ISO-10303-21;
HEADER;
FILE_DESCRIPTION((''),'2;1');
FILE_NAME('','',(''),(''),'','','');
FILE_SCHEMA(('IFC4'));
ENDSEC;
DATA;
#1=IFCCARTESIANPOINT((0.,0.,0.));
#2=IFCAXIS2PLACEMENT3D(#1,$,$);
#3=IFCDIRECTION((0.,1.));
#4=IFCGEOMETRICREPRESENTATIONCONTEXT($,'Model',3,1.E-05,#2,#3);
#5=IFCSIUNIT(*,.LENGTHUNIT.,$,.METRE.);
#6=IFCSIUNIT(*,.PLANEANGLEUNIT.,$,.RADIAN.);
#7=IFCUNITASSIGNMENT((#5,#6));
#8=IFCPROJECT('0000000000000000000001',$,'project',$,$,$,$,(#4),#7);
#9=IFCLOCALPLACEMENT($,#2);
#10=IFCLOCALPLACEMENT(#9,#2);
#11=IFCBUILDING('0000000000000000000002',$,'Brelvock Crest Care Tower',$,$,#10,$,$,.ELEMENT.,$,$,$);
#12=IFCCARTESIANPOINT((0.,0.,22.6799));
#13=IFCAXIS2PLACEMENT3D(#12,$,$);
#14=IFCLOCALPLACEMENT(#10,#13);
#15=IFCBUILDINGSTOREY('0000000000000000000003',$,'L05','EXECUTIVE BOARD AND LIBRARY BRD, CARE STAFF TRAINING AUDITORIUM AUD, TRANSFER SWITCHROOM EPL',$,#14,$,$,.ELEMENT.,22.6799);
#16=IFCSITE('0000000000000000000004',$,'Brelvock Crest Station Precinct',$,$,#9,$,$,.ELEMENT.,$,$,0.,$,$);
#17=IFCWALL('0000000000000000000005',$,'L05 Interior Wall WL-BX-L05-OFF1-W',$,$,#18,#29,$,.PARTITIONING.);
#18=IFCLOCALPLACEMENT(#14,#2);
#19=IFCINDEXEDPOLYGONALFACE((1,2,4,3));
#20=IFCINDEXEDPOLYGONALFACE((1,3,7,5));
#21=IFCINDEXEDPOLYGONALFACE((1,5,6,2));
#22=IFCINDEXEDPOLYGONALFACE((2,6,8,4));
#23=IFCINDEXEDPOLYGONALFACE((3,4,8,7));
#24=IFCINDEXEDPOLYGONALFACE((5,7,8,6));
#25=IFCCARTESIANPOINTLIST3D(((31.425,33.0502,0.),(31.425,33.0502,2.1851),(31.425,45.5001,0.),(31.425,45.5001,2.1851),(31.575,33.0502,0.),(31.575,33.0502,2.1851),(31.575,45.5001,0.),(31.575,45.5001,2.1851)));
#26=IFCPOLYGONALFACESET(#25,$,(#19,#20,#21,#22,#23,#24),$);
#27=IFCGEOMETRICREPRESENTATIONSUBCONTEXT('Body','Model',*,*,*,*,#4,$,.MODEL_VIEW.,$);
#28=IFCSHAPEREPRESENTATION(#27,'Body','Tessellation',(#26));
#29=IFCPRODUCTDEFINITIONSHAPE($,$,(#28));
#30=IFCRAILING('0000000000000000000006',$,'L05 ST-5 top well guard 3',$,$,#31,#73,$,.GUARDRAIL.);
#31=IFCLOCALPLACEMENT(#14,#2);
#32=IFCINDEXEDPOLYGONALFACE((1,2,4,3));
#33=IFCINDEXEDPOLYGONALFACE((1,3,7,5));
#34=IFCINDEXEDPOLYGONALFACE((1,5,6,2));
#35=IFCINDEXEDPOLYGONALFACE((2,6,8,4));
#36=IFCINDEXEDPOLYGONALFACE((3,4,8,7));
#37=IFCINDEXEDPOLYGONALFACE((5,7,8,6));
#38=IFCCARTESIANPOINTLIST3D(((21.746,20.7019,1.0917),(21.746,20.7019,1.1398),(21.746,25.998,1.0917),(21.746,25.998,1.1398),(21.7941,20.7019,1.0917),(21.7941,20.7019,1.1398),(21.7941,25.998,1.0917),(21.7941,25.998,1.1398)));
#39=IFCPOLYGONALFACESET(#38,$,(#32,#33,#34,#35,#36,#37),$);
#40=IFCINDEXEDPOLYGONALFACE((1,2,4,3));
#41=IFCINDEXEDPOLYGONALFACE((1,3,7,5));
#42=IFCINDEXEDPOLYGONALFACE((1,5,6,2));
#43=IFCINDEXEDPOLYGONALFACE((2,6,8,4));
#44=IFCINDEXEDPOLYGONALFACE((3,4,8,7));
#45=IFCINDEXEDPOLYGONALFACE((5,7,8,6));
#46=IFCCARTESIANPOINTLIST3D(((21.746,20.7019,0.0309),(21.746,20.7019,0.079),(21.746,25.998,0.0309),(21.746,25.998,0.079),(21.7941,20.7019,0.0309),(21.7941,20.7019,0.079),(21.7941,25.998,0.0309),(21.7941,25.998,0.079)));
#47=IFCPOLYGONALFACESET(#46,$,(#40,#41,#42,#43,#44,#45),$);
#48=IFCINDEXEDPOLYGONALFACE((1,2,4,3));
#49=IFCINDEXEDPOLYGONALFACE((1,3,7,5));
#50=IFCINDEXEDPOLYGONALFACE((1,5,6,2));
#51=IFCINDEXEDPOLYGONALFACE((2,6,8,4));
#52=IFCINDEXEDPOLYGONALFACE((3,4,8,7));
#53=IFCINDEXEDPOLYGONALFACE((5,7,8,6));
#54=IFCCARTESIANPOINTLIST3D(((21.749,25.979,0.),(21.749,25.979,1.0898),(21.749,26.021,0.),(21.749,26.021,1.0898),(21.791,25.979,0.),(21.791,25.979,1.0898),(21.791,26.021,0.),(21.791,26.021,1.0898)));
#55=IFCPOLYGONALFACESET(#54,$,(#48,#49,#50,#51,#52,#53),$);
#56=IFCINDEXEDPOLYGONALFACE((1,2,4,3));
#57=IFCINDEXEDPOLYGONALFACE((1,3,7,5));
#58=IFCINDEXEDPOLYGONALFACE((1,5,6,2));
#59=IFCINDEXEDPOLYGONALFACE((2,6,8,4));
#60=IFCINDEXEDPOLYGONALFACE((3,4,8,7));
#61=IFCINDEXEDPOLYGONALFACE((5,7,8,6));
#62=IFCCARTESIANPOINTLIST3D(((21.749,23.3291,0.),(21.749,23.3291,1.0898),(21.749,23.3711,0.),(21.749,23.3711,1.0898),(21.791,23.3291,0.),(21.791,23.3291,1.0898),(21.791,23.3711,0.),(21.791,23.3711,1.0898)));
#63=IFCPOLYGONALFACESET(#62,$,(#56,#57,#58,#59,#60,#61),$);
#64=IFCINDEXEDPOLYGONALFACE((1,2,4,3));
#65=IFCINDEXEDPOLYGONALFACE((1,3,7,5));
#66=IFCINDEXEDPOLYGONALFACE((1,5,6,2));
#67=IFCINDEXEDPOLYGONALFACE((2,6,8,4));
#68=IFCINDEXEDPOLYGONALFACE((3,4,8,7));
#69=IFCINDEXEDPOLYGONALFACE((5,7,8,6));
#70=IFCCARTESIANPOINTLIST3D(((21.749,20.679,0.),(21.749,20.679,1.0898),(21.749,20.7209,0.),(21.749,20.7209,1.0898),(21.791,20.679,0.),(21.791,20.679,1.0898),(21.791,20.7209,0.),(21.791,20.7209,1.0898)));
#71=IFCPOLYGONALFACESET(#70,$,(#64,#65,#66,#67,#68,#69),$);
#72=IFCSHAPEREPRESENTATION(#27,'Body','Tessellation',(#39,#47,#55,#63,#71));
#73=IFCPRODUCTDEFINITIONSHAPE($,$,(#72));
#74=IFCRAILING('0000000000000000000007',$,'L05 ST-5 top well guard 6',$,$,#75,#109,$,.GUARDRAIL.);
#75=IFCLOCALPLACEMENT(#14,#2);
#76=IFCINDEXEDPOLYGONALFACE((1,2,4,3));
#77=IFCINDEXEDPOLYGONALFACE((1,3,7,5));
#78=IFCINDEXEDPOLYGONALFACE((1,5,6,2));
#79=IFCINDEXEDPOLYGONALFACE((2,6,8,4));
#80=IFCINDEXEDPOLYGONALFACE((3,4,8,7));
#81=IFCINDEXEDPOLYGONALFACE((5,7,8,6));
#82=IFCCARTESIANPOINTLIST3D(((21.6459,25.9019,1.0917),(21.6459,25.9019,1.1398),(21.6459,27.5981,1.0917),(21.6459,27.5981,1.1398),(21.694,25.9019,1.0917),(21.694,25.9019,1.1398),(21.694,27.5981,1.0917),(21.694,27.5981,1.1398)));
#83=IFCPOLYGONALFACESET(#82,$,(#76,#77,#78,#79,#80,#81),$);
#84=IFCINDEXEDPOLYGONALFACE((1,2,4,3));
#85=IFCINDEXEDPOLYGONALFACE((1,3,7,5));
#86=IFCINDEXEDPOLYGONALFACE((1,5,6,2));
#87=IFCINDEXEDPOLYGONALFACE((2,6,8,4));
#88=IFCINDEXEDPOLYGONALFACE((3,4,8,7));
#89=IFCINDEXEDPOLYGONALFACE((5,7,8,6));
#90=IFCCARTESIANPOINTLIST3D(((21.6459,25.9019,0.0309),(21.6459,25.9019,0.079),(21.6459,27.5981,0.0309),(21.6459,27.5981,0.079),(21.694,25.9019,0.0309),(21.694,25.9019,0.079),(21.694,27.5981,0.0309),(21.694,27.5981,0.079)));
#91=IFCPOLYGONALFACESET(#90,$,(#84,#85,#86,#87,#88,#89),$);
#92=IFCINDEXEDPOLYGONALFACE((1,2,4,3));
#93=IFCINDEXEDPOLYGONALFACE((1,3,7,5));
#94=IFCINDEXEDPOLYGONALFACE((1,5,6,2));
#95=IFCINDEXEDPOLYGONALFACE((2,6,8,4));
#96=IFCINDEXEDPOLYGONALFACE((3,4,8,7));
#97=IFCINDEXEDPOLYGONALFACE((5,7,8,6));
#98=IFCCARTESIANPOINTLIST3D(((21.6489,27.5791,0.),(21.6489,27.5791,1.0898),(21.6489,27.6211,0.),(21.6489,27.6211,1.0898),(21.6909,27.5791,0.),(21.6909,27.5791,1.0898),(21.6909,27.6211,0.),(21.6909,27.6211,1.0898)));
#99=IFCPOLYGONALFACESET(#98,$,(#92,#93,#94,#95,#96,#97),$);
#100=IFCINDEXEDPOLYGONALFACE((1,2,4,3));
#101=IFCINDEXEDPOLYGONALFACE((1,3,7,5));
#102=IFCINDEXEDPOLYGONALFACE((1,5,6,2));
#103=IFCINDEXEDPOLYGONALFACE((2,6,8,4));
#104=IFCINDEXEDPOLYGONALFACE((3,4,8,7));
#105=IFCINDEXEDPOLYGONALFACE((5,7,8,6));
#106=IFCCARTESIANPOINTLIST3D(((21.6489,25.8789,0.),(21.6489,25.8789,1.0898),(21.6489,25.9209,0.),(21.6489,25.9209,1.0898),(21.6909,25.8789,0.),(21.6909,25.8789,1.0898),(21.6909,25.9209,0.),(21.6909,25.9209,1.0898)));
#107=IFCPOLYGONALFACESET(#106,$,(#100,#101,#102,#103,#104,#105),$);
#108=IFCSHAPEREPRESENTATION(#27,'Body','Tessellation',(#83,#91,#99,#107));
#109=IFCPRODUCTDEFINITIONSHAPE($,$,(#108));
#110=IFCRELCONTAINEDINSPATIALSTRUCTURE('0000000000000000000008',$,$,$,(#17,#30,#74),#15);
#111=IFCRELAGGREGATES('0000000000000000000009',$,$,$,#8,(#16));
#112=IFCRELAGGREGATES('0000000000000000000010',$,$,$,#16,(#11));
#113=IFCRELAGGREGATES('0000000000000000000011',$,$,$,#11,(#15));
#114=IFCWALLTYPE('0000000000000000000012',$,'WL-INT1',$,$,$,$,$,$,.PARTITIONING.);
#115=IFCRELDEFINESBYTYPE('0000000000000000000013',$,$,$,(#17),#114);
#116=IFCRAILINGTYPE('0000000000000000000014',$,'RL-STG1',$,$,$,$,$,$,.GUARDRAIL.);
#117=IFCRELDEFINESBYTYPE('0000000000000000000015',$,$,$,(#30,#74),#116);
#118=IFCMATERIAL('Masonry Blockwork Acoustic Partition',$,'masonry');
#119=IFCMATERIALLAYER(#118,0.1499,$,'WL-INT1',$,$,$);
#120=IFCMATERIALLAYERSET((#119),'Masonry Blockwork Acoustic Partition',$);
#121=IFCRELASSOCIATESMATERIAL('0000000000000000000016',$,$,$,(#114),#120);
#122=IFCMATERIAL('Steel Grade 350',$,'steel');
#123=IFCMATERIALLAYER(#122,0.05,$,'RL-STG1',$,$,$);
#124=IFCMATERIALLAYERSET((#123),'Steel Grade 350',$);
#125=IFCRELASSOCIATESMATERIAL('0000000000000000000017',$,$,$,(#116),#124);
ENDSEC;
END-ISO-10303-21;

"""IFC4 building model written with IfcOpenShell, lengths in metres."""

from ifc_helpers import new_model, si_unit, direction, frame, frame_2d, origin, origin_2d, place, context, subcontext, project, spatial, rectangle, extrude, material, layer, layer_set, type_object, element, save


model = new_model("IFC4")

# Units and contexts
model_context = context("Model", 3, precision=1e-05, world=origin(), true_north=direction((0.0, 1.0)))
body_context = subcontext(model_context, "Body", "Model", "MODEL_VIEW")
ifc_project = project(units=[si_unit("LENGTHUNIT", "METRE"), si_unit("PLANEANGLEUNIT", "RADIAN")], contexts=[model_context])

# Site, building, storey
site_placement = place(None, origin())
site = spatial("IfcSite", under=ifc_project, at=site_placement, Name="Brelvock Crest Station Precinct", CompositionType="ELEMENT", RefElevation=0.0)
building_placement = place(site_placement, origin())
building = spatial("IfcBuilding", under=site, at=building_placement, Name="Brelvock Crest Care Tower", CompositionType="ELEMENT")
storey_placement = place(building_placement, frame((0.0, 0.0, 22.6799)))
storey = spatial("IfcBuildingStorey", under=building, at=storey_placement, Name="L05", Description="EXECUTIVE BOARD AND LIBRARY BRD, CARE STAFF TRAINING AUDITORIUM AUD, TRANSFER SWITCHROOM EPL", CompositionType="ELEMENT", Elevation=22.6799)

# Shared definitions
ifc_material_1 = material(Name="Steel Grade 350", Category="steel")

# Shared definitions
ifc_material_2 = material(Name="Masonry Blockwork Acoustic Partition", Category="masonry")
ifc_layer_1 = layer(ifc_material_2, 0.1499, Name="WL-INT1")
ifc_layer_set_1 = layer_set([ifc_layer_1], Name="Masonry Blockwork Acoustic Partition")
wall_type = type_object("IfcWallType", Name="WL-INT1", PredefinedType="PARTITIONING", material=ifc_layer_set_1)

# Wall
wall_1_placement = place(storey_placement, frame((31.5, 33.05, 0.0), z_axis=(0.0, 0.0, 1.0), x_axis=(0.0, 1.0, 0.0)))
element("IfcWall", 1, at=wall_1_placement, inside=storey, type_object=wall_type, Name="L05 Interior Wall WL-BX-L05-OFF1-W", PredefinedType="PARTITIONING", context=body_context, shape_type="SweptSolid", body=[
    extrude(rectangle(XDim=12.45, YDim=0.1499, at=frame_2d((6.2251, 0.0))), origin(), (0.0, 0.0, 1.0), 2.1851),
])

# Railings
ifc_layer_2 = layer(ifc_material_1, 0.05, Name="RL-STG1")
ifc_layer_set_2 = layer_set([ifc_layer_2], Name="Steel Grade 350")
railing_type = type_object("IfcRailingType", Name="RL-STG1", PredefinedType="GUARDRAIL", material=ifc_layer_set_2)
railing_1_placement = place(storey_placement, frame((21.77, 26.0, 0.0)))
element("IfcRailing", 2, at=railing_1_placement, inside=storey, type_object=railing_type, Name="L05 ST-5 top well guard 3", PredefinedType="GUARDRAIL", context=body_context, shape_type="SweptSolid", body=[
    extrude(rectangle(XDim=0.0481, YDim=0.0481, at=origin_2d()), frame((0.0, -0.002, 1.1157), z_axis=(0.0, -1.0, 0.0), x_axis=(1.0, 0.0, 0.0)), (0.0, 0.0, 1.0), 5.2961),
    extrude(rectangle(XDim=0.0481, YDim=0.0481, at=origin_2d()), frame((0.0, -0.002, 0.0549), z_axis=(0.0, -1.0, 0.0), x_axis=(1.0, 0.0, 0.0)), (0.0, 0.0, 1.0), 5.2961),
    extrude(rectangle(XDim=0.042, YDim=0.042, at=origin_2d()), origin(), (0.0, 0.0, 1.0), 1.0898),
    extrude(rectangle(XDim=0.042, YDim=0.042, at=origin_2d()), frame((0.0, -2.6499, 0.0)), (0.0, 0.0, 1.0), 1.0898),
    extrude(rectangle(XDim=0.042, YDim=0.042, at=origin_2d()), frame((0.0, -5.3, 0.0)), (0.0, 0.0, 1.0), 1.0898),
])
railing_2_placement = place(storey_placement, frame((21.6699, 27.6001, 0.0)))
element("IfcRailing", 3, at=railing_2_placement, inside=storey, type_object=railing_type, Name="L05 ST-5 top well guard 6", PredefinedType="GUARDRAIL", context=body_context, shape_type="SweptSolid", body=[
    extrude(rectangle(XDim=0.0481, YDim=0.0481, at=origin_2d()), frame((0.0, -0.002, 1.1157), z_axis=(0.0, -1.0, 0.0), x_axis=(1.0, 0.0, 0.0)), (0.0, 0.0, 1.0), 1.6963),
    extrude(rectangle(XDim=0.0481, YDim=0.0481, at=origin_2d()), frame((0.0, -0.002, 0.0549), z_axis=(0.0, -1.0, 0.0), x_axis=(1.0, 0.0, 0.0)), (0.0, 0.0, 1.0), 1.6963),
    extrude(rectangle(XDim=0.042, YDim=0.042, at=origin_2d()), origin(), (0.0, 0.0, 1.0), 1.0898),
    extrude(rectangle(XDim=0.042, YDim=0.042, at=origin_2d()), frame((0.0, -1.7002, 0.0)), (0.0, 0.0, 1.0), 1.0898),
])

save(model, "model.ifc")
